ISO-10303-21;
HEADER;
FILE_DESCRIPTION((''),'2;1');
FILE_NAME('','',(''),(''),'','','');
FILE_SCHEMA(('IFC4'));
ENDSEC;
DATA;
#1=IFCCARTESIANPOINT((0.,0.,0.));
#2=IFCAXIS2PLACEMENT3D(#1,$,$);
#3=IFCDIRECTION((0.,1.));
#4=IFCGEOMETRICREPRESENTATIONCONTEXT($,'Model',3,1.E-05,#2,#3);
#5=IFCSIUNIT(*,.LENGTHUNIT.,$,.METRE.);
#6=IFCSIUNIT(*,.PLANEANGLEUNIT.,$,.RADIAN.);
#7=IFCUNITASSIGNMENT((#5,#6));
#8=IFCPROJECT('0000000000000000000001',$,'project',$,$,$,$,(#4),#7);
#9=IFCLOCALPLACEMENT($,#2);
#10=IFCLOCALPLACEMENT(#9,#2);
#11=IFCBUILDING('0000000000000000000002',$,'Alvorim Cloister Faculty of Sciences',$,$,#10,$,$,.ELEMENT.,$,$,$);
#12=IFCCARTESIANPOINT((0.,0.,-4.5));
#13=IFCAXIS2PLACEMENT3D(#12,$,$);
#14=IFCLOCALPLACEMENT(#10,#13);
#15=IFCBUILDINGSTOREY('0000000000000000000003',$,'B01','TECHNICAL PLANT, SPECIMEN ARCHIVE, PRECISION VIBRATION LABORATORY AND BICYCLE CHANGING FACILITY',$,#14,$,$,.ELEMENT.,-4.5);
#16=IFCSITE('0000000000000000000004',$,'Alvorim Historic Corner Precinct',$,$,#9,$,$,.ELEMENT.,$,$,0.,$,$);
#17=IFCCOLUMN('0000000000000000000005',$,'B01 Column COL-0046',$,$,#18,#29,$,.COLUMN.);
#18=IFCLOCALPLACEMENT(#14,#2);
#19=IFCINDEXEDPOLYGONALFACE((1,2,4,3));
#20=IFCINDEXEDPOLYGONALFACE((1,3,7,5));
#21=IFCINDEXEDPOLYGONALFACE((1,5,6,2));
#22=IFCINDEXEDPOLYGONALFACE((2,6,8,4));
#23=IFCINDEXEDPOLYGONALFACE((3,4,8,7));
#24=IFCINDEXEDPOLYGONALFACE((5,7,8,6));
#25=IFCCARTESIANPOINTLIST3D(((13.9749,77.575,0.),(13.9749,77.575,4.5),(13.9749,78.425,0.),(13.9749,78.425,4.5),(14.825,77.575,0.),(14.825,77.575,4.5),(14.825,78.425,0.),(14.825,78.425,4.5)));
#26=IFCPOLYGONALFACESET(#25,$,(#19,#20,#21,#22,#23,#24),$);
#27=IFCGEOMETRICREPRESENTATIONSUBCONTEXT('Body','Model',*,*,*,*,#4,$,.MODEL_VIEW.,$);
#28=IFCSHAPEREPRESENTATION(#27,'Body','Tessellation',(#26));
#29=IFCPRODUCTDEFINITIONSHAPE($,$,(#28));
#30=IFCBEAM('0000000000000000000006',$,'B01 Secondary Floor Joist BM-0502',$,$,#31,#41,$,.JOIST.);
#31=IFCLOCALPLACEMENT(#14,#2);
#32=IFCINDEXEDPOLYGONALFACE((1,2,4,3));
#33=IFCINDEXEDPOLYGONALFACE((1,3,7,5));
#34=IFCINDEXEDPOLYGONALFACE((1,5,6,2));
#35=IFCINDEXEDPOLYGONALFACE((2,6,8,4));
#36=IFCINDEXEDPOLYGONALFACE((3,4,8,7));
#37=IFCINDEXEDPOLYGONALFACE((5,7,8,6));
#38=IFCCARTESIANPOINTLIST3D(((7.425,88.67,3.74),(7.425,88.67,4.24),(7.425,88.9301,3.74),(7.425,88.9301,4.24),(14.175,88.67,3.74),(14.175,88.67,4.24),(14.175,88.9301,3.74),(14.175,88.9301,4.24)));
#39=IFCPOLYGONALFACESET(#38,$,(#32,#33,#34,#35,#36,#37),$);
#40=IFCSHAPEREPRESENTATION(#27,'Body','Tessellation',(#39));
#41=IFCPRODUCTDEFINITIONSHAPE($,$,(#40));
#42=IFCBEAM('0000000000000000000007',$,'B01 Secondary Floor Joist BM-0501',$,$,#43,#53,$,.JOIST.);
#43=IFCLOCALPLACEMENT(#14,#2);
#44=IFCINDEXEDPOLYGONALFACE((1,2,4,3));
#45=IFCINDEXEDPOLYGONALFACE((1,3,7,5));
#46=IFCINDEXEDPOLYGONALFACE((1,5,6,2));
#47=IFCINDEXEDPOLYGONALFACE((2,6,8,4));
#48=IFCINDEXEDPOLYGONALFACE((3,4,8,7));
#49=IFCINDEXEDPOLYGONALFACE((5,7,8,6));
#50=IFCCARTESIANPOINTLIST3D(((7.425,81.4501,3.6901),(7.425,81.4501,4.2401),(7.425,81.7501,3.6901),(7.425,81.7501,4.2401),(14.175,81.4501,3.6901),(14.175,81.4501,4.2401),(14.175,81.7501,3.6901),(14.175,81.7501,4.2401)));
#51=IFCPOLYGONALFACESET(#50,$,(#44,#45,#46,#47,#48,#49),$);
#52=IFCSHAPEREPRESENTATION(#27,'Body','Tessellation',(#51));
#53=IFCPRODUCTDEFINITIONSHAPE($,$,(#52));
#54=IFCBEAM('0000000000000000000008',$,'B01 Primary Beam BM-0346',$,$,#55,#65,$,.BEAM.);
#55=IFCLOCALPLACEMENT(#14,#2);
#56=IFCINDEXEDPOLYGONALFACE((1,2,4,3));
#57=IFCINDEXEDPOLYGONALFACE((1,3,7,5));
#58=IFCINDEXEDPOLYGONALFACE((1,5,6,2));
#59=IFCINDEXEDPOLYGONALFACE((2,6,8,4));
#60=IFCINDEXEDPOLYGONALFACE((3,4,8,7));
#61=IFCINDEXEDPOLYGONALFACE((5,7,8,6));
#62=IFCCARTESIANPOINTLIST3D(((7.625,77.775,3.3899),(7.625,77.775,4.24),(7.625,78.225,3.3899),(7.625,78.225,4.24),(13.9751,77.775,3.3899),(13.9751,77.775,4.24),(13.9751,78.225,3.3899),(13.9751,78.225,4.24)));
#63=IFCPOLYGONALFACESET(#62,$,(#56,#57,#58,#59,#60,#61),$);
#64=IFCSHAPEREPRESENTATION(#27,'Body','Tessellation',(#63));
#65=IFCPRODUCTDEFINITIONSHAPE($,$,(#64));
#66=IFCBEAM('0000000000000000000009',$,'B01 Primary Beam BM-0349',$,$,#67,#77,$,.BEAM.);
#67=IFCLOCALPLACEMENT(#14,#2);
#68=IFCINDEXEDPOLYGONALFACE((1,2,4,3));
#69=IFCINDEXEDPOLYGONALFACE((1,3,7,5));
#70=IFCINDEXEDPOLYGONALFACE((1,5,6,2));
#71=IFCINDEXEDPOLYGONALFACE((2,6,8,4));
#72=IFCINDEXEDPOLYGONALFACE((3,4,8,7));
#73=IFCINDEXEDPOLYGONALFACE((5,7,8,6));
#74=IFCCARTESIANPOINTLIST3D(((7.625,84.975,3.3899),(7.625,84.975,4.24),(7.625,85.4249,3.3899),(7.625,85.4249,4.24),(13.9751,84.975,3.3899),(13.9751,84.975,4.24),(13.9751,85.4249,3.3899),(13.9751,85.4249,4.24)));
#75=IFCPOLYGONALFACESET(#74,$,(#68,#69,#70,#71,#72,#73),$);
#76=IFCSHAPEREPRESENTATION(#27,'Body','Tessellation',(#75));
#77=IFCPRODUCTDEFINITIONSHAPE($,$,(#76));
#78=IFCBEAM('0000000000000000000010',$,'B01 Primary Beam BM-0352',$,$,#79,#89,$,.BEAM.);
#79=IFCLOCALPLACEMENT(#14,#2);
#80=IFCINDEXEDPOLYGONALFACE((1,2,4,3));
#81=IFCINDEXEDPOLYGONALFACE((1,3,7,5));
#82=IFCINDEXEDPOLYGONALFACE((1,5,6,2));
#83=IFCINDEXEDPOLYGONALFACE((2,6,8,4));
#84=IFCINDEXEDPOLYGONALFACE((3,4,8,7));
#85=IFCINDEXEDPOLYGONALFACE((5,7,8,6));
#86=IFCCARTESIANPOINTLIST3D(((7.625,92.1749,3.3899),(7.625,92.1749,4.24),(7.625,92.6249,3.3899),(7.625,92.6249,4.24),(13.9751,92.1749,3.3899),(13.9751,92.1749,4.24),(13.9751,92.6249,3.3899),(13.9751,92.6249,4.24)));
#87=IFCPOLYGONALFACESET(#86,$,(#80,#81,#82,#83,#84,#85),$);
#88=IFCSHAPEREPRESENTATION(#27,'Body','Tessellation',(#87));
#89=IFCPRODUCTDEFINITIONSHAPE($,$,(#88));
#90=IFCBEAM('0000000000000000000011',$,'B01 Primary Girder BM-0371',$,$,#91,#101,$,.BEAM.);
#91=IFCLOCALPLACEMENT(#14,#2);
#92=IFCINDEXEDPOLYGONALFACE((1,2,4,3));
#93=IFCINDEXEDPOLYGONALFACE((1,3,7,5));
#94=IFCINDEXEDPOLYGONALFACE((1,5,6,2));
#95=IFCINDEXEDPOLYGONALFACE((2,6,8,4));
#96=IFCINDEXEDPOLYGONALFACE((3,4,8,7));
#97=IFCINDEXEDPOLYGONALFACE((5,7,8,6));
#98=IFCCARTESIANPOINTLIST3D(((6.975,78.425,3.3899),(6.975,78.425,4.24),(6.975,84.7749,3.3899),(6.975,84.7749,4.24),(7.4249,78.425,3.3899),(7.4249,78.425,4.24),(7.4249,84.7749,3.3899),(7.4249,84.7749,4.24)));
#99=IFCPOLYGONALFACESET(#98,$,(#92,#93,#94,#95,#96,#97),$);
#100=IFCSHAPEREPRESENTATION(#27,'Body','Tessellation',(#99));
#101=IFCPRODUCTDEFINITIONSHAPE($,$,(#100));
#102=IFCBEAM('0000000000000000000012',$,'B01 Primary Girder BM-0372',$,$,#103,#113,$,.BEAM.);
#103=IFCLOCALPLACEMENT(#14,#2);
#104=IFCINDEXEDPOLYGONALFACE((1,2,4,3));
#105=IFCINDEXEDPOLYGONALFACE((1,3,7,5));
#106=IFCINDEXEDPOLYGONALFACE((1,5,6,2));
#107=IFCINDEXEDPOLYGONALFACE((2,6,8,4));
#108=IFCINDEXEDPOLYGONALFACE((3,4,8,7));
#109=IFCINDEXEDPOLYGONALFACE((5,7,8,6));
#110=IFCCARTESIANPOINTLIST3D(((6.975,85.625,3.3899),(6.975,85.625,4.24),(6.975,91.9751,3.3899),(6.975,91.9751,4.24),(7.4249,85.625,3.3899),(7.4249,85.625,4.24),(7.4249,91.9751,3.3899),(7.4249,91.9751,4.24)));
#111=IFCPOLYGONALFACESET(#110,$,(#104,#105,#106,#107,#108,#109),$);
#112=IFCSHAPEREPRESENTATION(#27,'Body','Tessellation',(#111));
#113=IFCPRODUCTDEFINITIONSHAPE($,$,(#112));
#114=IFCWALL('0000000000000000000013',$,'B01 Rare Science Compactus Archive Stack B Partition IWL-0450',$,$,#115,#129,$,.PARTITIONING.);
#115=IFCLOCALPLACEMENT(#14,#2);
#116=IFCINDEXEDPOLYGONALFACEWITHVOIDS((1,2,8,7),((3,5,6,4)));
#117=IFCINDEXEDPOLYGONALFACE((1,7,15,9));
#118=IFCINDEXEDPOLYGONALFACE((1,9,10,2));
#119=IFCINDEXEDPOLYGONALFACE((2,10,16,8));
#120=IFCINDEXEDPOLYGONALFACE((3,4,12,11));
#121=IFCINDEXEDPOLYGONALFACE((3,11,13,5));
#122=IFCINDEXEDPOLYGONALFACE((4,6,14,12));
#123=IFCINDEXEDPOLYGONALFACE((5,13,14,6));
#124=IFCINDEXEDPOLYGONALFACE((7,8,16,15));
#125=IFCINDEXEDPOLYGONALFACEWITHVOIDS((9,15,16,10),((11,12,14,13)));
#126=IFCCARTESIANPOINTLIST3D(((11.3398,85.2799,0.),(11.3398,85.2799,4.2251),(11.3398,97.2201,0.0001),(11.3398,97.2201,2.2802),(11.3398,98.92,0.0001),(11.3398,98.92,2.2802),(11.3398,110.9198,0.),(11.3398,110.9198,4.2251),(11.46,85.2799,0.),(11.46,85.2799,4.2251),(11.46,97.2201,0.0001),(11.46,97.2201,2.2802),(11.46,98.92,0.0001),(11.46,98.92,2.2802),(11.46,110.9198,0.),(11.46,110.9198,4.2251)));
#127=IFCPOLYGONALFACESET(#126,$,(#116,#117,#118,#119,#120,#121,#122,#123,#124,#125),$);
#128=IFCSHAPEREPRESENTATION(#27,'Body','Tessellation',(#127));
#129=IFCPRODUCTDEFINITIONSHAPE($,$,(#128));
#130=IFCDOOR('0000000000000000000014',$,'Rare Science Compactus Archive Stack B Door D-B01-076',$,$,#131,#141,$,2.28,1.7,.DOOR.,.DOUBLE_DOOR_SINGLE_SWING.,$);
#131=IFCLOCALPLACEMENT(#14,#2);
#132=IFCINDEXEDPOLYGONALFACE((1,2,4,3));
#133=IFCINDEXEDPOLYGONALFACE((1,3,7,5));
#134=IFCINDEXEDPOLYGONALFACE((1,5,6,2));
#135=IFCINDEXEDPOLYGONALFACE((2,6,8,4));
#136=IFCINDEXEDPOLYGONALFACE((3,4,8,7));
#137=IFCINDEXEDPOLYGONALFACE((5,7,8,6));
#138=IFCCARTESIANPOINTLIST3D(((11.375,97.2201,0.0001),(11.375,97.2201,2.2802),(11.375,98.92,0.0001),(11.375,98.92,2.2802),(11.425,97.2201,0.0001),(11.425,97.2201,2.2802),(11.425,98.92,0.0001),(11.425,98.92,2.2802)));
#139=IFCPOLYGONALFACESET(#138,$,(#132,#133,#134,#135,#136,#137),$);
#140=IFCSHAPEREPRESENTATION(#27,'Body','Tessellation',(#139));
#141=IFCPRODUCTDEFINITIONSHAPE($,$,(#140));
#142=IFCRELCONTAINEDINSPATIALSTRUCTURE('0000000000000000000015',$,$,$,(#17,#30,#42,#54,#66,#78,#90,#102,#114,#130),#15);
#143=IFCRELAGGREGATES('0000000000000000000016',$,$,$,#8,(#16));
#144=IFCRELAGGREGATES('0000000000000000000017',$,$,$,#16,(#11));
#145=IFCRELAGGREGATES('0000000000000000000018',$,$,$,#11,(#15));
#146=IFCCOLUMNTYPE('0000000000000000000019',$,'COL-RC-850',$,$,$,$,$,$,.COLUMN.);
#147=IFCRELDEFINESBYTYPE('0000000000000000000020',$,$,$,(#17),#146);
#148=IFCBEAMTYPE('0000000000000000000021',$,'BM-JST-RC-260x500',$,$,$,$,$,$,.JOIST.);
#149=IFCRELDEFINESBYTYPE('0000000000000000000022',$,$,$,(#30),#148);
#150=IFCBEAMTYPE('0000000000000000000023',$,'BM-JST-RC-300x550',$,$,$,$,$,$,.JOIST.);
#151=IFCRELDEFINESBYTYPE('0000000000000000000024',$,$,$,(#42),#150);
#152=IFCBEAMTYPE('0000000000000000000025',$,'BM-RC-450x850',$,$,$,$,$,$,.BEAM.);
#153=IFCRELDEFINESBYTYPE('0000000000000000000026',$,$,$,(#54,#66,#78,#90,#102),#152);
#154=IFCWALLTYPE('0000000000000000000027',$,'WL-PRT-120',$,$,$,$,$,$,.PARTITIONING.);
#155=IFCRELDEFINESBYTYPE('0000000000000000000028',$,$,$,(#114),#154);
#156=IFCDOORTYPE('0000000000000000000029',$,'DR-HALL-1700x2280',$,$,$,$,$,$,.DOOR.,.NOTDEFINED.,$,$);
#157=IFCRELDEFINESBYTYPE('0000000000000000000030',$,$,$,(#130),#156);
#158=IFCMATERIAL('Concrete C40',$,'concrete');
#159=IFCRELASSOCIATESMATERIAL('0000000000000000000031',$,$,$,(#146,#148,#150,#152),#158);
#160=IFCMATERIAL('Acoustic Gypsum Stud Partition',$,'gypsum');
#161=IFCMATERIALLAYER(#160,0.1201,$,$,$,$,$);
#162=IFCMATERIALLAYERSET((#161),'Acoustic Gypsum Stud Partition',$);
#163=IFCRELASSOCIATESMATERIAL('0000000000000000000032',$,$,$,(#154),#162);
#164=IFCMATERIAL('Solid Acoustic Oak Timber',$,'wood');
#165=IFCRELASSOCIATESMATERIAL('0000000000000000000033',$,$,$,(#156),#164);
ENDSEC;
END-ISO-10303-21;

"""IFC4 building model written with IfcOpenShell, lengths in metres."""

from ifc_helpers import new_model, si_unit, direction, frame, frame_2d, origin, origin_2d, place, context, subcontext, project, spatial, rectangle, extrude, material, layer, layer_set, material_profile, profile_set, type_object, element, fill, save


model = new_model("IFC4")

# Units and contexts
model_context = context("Model", 3, precision=1e-05, world=origin(), true_north=direction((0.0, 1.0)))
body_context = subcontext(model_context, "Body", "Model", "MODEL_VIEW")
ifc_project = project(units=[si_unit("LENGTHUNIT", "METRE"), si_unit("PLANEANGLEUNIT", "RADIAN")], contexts=[model_context])

# Site, building, storey
site_placement = place(None, origin())
site = spatial("IfcSite", under=ifc_project, at=site_placement, Name="Alvorim Historic Corner Precinct", CompositionType="ELEMENT", RefElevation=0.0)
building_placement = place(site_placement, origin())
building = spatial("IfcBuilding", under=site, at=building_placement, Name="Alvorim Cloister Faculty of Sciences", CompositionType="ELEMENT")
storey_placement = place(building_placement, frame((0.0, 0.0, -4.5)))
storey = spatial("IfcBuildingStorey", under=building, at=storey_placement, Name="B01", Description="TECHNICAL PLANT, SPECIMEN ARCHIVE, PRECISION VIBRATION LABORATORY AND BICYCLE CHANGING FACILITY", CompositionType="ELEMENT", Elevation=-4.5)

# Shared definitions
ifc_material_1 = material(Name="Concrete C40", Category="concrete")

# Column
ifc_material_profile_1 = material_profile(ifc_material_1, rectangle(XDim=0.8501, YDim=0.8501, at=origin_2d()), Name="RC40-COL-850x850")
ifc_profile_set_1 = profile_set([ifc_material_profile_1], Name="Concrete C40")
column_type = type_object("IfcColumnType", Name="COL-RC-850", PredefinedType="COLUMN", material=ifc_profile_set_1)
column_placement = place(storey_placement, frame((14.3999, 78.0, 0.0), z_axis=(0.0, 0.0, 1.0), x_axis=(1.0, 0.0, 0.0)))
element("IfcColumn", 1, at=column_placement, inside=storey, type_object=column_type, Name="B01 Column COL-0046", PredefinedType="COLUMN", context=body_context, shape_type="SweptSolid", body=[
    extrude(rectangle(XDim=0.8501, YDim=0.8501, at=origin_2d()), origin(), (0.0, 0.0, 1.0), 4.5),
])

# Beams
ifc_material_profile_2 = material_profile(ifc_material_1, rectangle(XDim=0.26, YDim=0.5, at=origin_2d()), Name="RC40-JST-260x500")
ifc_profile_set_2 = profile_set([ifc_material_profile_2], Name="Concrete C40")
beam_type_1 = type_object("IfcBeamType", Name="BM-JST-RC-260x500", PredefinedType="JOIST", material=ifc_profile_set_2)
beam_1_placement = place(storey_placement, frame((7.425, 88.8, 3.99), z_axis=(1.0, 0.0, 0.0), x_axis=(0.0, 1.0, 0.0)))
element("IfcBeam", 2, at=beam_1_placement, inside=storey, type_object=beam_type_1, Name="B01 Secondary Floor Joist BM-0502", PredefinedType="JOIST", context=body_context, shape_type="SweptSolid", body=[
    extrude(rectangle(XDim=0.26, YDim=0.5, at=origin_2d()), origin(), (0.0, 0.0, 1.0), 6.75),
])
ifc_material_profile_3 = material_profile(ifc_material_1, rectangle(XDim=0.3, YDim=0.55, at=origin_2d()), Name="RC40-JST-300x550")
ifc_profile_set_3 = profile_set([ifc_material_profile_3], Name="Concrete C40")
beam_type_2 = type_object("IfcBeamType", Name="BM-JST-RC-300x550", PredefinedType="JOIST", material=ifc_profile_set_3)
beam_2_placement = place(storey_placement, frame((7.425, 81.6001, 3.9651), z_axis=(1.0, 0.0, 0.0), x_axis=(0.0, 1.0, 0.0)))
element("IfcBeam", 3, at=beam_2_placement, inside=storey, type_object=beam_type_2, Name="B01 Secondary Floor Joist BM-0501", PredefinedType="JOIST", context=body_context, shape_type="SweptSolid", body=[
    extrude(rectangle(XDim=0.3, YDim=0.55, at=origin_2d()), origin(), (0.0, 0.0, 1.0), 6.75),
])
ifc_material_profile_4 = material_profile(ifc_material_1, rectangle(XDim=0.45, YDim=0.8501, at=origin_2d()), Name="RC40-BM-450x850")
ifc_profile_set_4 = profile_set([ifc_material_profile_4], Name="Concrete C40")
beam_type_3 = type_object("IfcBeamType", Name="BM-RC-450x850", PredefinedType="BEAM", material=ifc_profile_set_4)
for number, where, z_axis, x_axis, name in (
    (4, (7.625, 78.0, 3.8149), (1.0, 0.0, 0.0), (0.0, 1.0, 0.0), "B01 Primary Beam BM-0346"),
    (5, (7.625, 85.2, 3.8149), (1.0, 0.0, 0.0), (0.0, 1.0, 0.0), "B01 Primary Beam BM-0349"),
    (6, (7.625, 92.3999, 3.8149), (1.0, 0.0, 0.0), (0.0, 1.0, 0.0), "B01 Primary Beam BM-0352"),
):
    element("IfcBeam", number, at=place(storey_placement, frame(where, z_axis=z_axis, x_axis=x_axis)), inside=storey, type_object=beam_type_3, Name=name, PredefinedType="BEAM", context=body_context, shape_type="SweptSolid", body=[
        extrude(rectangle(XDim=0.45, YDim=0.8501, at=origin_2d()), origin(), (0.0, 0.0, 1.0), 6.3501),
    ])
beam_3_placement = place(storey_placement, frame((7.2, 78.425, 3.8149), z_axis=(0.0, 1.0, 0.0), x_axis=(-1.0, 0.0, 0.0)))
element("IfcBeam", 7, at=beam_3_placement, inside=storey, type_object=beam_type_3, Name="B01 Primary Girder BM-0371", PredefinedType="BEAM", context=body_context, shape_type="SweptSolid", body=[
    extrude(rectangle(XDim=0.45, YDim=0.8501, at=origin_2d()), origin(), (0.0, 0.0, 1.0), 6.3499),
])
beam_4_placement = place(storey_placement, frame((7.2, 85.625, 3.8149), z_axis=(0.0, 1.0, 0.0), x_axis=(-1.0, 0.0, 0.0)))
element("IfcBeam", 8, at=beam_4_placement, inside=storey, type_object=beam_type_3, Name="B01 Primary Girder BM-0372", PredefinedType="BEAM", context=body_context, shape_type="SweptSolid", body=[
    extrude(rectangle(XDim=0.45, YDim=0.8501, at=origin_2d()), origin(), (0.0, 0.0, 1.0), 6.3501),
])

# Wall, opening, door
ifc_material_2 = material(Name="Acoustic Gypsum Stud Partition", Category="gypsum")
ifc_layer = layer(ifc_material_2, 0.1201)
ifc_layer_set = layer_set([ifc_layer], Name="Acoustic Gypsum Stud Partition")
wall_type = type_object("IfcWallType", Name="WL-PRT-120", PredefinedType="PARTITIONING", material=ifc_layer_set)
wall_placement = place(storey_placement, frame((11.3999, 85.28, 0.0), z_axis=(0.0, 0.0, 1.0), x_axis=(0.0, 1.0, 0.0)))
wall = element("IfcWall", 9, at=wall_placement, inside=storey, type_object=wall_type, Name="B01 Rare Science Compactus Archive Stack B Partition IWL-0450", PredefinedType="PARTITIONING", context=body_context, shape_type="SweptSolid", body=[
    extrude(rectangle(XDim=25.6399, YDim=0.1201, at=frame_2d((12.8198, 0.0))), origin(), (0.0, 0.0, 1.0), 4.2251),
])
opening_placement = place(wall_placement, frame((11.9399, 0.0, 0.0)))
opening = element("IfcOpeningElement", 10, at=opening_placement, cuts=wall, PredefinedType="OPENING", context=body_context, shape_type="SweptSolid", body=[
    extrude(rectangle(XDim=1.7, YDim=2.28, at=frame_2d((0.8501, 1.1401))), frame((0.0, 0.072, 0.0), z_axis=(0.0, -1.0, 0.0), x_axis=(1.0, 0.0, 0.0)), (0.0, 0.0, 1.0), 0.144),
])
ifc_material_3 = material(Name="Solid Acoustic Oak Timber", Category="wood")
door_type = type_object("IfcDoorType", Name="DR-HALL-1700x2280", OperationType="NOTDEFINED", PredefinedType="DOOR", material=ifc_material_3)
door_placement = place(opening_placement, origin())
door = element("IfcDoor", 11, at=door_placement, inside=storey, type_object=door_type, Name="Rare Science Compactus Archive Stack B Door D-B01-076", OperationType="DOUBLE_DOOR_SINGLE_SWING", OverallHeight=2.28, OverallWidth=1.7, PredefinedType="DOOR", context=body_context, shape_type="SweptSolid", body=[
    extrude(rectangle(XDim=1.7, YDim=2.28, at=frame_2d((0.8501, 1.1401))), frame((0.0, 0.0249, 0.0), z_axis=(0.0, -1.0, 0.0), x_axis=(1.0, 0.0, 0.0)), (0.0, 0.0, 1.0), 0.05),
])
fill(opening, door)

save(model, "model.ifc")
